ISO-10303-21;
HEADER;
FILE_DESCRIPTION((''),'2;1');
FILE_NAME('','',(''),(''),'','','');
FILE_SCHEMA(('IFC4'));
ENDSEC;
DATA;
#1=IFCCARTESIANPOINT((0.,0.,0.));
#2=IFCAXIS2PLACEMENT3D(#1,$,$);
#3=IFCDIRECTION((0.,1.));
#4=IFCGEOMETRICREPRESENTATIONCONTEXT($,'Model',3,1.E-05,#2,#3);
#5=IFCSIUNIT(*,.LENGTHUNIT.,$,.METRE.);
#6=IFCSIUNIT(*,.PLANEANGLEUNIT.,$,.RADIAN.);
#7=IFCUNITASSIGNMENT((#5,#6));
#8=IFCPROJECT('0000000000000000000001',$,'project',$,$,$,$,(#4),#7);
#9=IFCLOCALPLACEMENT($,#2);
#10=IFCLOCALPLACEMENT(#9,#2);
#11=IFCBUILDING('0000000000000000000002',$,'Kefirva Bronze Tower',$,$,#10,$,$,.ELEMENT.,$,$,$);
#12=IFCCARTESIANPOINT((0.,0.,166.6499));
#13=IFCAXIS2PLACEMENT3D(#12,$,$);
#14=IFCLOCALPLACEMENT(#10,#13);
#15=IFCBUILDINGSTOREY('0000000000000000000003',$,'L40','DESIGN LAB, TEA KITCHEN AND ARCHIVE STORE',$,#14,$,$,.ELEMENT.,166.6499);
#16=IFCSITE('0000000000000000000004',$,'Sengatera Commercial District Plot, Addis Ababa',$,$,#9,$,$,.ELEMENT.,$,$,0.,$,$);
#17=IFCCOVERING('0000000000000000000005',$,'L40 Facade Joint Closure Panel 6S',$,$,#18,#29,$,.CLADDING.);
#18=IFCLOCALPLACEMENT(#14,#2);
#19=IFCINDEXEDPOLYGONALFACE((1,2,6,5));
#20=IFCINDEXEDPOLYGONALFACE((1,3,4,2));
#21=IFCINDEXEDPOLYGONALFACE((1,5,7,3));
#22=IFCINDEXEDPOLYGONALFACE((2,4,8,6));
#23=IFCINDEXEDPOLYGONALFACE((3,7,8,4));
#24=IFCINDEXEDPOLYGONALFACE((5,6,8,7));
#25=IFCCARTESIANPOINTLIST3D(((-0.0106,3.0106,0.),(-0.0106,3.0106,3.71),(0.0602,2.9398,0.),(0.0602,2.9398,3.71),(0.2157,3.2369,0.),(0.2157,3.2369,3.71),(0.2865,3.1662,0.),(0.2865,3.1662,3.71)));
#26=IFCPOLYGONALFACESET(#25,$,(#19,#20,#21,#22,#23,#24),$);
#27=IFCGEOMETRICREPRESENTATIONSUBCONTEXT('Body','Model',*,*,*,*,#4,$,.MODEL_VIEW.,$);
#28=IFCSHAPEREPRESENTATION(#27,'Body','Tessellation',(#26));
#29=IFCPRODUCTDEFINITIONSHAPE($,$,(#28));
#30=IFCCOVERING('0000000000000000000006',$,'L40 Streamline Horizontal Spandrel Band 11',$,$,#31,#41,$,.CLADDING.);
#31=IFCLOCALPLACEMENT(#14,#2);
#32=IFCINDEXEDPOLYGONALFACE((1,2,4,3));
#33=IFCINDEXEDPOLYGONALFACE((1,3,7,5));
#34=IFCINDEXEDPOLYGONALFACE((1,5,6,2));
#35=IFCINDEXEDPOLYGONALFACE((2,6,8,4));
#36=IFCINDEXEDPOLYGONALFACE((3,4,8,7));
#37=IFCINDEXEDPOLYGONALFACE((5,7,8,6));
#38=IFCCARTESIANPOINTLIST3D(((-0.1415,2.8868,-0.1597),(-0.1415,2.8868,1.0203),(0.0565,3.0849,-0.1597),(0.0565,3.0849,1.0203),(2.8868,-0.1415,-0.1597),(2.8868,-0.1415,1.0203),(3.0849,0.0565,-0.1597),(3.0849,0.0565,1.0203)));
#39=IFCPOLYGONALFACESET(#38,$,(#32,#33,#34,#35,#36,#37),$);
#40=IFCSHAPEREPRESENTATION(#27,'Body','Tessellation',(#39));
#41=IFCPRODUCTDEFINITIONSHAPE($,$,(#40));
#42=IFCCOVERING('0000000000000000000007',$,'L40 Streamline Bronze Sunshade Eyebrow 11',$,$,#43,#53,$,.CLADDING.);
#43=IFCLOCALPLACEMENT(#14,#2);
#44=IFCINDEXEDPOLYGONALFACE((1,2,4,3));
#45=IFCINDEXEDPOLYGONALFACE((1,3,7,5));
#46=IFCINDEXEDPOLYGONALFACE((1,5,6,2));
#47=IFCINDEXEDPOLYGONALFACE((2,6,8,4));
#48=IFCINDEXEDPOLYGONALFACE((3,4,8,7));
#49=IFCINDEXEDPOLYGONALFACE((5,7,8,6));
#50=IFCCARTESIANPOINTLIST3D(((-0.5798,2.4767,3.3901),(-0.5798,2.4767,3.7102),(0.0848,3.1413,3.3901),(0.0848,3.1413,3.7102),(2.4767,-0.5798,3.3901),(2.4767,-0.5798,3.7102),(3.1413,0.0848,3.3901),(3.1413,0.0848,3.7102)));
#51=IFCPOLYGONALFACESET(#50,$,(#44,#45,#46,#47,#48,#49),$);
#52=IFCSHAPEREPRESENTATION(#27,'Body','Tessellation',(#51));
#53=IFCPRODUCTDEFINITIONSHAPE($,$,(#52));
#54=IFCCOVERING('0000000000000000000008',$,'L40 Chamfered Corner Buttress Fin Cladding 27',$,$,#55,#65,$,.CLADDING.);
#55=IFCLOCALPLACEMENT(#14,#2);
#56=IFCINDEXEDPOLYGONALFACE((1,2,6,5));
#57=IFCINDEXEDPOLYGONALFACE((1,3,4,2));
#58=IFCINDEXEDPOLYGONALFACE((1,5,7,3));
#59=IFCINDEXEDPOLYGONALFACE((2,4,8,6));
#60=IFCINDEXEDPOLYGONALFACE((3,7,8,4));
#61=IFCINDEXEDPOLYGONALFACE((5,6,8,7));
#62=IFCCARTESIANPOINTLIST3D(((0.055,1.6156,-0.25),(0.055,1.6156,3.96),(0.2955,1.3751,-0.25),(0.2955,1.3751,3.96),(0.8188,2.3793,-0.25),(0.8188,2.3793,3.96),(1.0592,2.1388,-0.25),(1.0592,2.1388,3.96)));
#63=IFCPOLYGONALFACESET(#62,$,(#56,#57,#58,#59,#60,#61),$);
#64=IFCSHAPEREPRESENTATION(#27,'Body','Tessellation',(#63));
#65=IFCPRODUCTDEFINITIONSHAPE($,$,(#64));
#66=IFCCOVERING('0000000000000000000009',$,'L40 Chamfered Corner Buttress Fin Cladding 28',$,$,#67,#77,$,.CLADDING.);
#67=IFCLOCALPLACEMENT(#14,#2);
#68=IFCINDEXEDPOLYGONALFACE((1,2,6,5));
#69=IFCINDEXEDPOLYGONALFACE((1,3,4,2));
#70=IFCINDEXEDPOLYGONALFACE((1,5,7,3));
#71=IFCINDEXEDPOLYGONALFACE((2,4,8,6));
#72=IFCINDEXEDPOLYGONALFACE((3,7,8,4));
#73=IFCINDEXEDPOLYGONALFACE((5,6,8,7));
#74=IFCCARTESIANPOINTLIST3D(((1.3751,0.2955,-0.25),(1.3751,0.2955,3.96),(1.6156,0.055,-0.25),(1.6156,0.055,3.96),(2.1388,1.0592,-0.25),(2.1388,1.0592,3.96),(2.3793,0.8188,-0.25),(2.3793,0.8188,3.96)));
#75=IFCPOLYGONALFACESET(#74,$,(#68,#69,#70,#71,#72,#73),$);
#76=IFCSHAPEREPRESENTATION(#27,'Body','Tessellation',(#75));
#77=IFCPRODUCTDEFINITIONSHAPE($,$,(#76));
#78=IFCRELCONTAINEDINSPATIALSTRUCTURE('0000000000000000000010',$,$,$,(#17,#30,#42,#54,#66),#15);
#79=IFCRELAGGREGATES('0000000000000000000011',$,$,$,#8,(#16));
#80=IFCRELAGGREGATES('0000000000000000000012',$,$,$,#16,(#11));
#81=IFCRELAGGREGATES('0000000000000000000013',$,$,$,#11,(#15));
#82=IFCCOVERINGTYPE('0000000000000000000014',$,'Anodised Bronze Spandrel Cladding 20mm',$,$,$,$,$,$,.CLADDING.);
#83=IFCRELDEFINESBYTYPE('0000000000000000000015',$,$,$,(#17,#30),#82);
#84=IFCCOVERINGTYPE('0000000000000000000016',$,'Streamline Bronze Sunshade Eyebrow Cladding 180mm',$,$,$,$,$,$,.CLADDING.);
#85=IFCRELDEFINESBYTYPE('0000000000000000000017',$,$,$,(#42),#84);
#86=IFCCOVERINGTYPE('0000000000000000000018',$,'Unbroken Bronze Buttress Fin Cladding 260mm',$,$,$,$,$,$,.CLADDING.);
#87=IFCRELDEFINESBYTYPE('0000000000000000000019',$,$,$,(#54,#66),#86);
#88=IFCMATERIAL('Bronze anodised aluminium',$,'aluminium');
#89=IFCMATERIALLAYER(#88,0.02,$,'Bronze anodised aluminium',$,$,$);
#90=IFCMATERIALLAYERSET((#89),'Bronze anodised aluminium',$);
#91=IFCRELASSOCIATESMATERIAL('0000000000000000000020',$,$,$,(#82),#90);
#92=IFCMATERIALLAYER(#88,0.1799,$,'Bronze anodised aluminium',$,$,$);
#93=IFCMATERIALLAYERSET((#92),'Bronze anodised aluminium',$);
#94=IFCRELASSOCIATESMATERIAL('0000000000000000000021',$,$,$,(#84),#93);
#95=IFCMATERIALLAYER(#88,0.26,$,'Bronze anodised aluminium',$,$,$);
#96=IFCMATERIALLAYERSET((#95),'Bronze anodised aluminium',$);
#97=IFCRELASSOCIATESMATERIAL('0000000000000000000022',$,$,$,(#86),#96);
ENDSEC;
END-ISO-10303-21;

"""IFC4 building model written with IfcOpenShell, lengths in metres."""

from ifc_helpers import new_model, si_unit, direction, frame, origin, origin_2d, place, context, subcontext, project, spatial, rectangle, extrude, material, layer, layer_set, type_object, element, save


model = new_model("IFC4")

# Units and contexts
model_context = context("Model", 3, precision=1e-05, world=origin(), true_north=direction((0.0, 1.0)))
body_context = subcontext(model_context, "Body", "Model", "MODEL_VIEW")
ifc_project = project(units=[si_unit("LENGTHUNIT", "METRE"), si_unit("PLANEANGLEUNIT", "RADIAN")], contexts=[model_context])

# Site, building, storey
site_placement = place(None, origin())
site = spatial("IfcSite", under=ifc_project, at=site_placement, Name="Sengatera Commercial District Plot, Addis Ababa", CompositionType="ELEMENT", RefElevation=0.0)
building_placement = place(site_placement, origin())
building = spatial("IfcBuilding", under=site, at=building_placement, Name="Kefirva Bronze Tower", CompositionType="ELEMENT")
storey_placement = place(building_placement, frame((0.0, 0.0, 166.6499)))
storey = spatial("IfcBuildingStorey", under=building, at=storey_placement, Name="L40", Description="DESIGN LAB, TEA KITCHEN AND ARCHIVE STORE", CompositionType="ELEMENT", Elevation=166.6499)

# Shared definitions
ifc_material_1 = material(Name="Bronze anodised aluminium", Category="aluminium")

# Coverings
ifc_layer_1 = layer(ifc_material_1, 0.02, Name="Bronze anodised aluminium")
ifc_layer_set_1 = layer_set([ifc_layer_1], Name="Bronze anodised aluminium")
covering_type_1 = type_object("IfcCoveringType", Name="Anodised Bronze Spandrel Cladding 20mm", PredefinedType="CLADDING", material=ifc_layer_set_1)
covering_1_placement = place(storey_placement, frame((0.1379, 3.0884, 0.0), z_axis=(0.0, 0.0, 1.0), x_axis=(0.707107, -0.707107, 0.0)))
element("IfcCovering", 1, at=covering_1_placement, inside=storey, type_object=covering_type_1, Name="L40 Facade Joint Closure Panel 6S", PredefinedType="CLADDING", context=body_context, shape_type="SweptSolid", body=[
    extrude(rectangle(XDim=0.1001, YDim=0.3201, at=origin_2d()), origin(), (0.0, 0.0, 1.0), 3.71),
])
covering_2_placement = place(storey_placement, frame((1.4717, 1.4717, -0.1597), z_axis=(0.0, 0.0, 1.0), x_axis=(0.707107, -0.707107, 0.0)))
element("IfcCovering", 2, at=covering_2_placement, inside=storey, type_object=covering_type_1, Name="L40 Streamline Horizontal Spandrel Band 11", PredefinedType="CLADDING", context=body_context, shape_type="SweptSolid", body=[
    extrude(rectangle(XDim=4.2827, YDim=0.28, at=origin_2d()), origin(), (0.0, 0.0, 1.0), 1.1799),
])
ifc_layer_2 = layer(ifc_material_1, 0.1799, Name="Bronze anodised aluminium")
ifc_layer_set_2 = layer_set([ifc_layer_2], Name="Bronze anodised aluminium")
covering_type_2 = type_object("IfcCoveringType", Name="Streamline Bronze Sunshade Eyebrow Cladding 180mm", PredefinedType="CLADDING", material=ifc_layer_set_2)
covering_3_placement = place(storey_placement, frame((1.2808, 1.2808, 3.3901), z_axis=(0.0, 0.0, 1.0), x_axis=(0.707107, -0.707107, 0.0)))
element("IfcCovering", 3, at=covering_3_placement, inside=storey, type_object=covering_type_2, Name="L40 Streamline Bronze Sunshade Eyebrow 11", PredefinedType="CLADDING", context=body_context, shape_type="SweptSolid", body=[
    extrude(rectangle(XDim=4.3225, YDim=0.9399, at=origin_2d()), origin(), (0.0, 0.0, 1.0), 0.3201),
])
ifc_layer_3 = layer(ifc_material_1, 0.26, Name="Bronze anodised aluminium")
ifc_layer_set_3 = layer_set([ifc_layer_3], Name="Bronze anodised aluminium")
covering_type_3 = type_object("IfcCoveringType", Name="Unbroken Bronze Buttress Fin Cladding 260mm", PredefinedType="CLADDING", material=ifc_layer_set_3)
for number, where, z_axis, x_axis, name in (
    (4, (0.5571, 1.8772, -0.25), (0.0, 0.0, 1.0), (0.707107, -0.707107, 0.0), "L40 Chamfered Corner Buttress Fin Cladding 27"),
    (5, (1.8772, 0.5571, -0.25), (0.0, 0.0, 1.0), (0.707107, -0.707107, 0.0), "L40 Chamfered Corner Buttress Fin Cladding 28"),
):
    element("IfcCovering", number, at=place(storey_placement, frame(where, z_axis=z_axis, x_axis=x_axis)), inside=storey, type_object=covering_type_3, Name=name, PredefinedType="CLADDING", context=body_context, shape_type="SweptSolid", body=[
        extrude(rectangle(XDim=0.3401, YDim=1.0801, at=origin_2d()), origin(), (0.0, 0.0, 1.0), 4.21),
    ])

save(model, "model.ifc")
